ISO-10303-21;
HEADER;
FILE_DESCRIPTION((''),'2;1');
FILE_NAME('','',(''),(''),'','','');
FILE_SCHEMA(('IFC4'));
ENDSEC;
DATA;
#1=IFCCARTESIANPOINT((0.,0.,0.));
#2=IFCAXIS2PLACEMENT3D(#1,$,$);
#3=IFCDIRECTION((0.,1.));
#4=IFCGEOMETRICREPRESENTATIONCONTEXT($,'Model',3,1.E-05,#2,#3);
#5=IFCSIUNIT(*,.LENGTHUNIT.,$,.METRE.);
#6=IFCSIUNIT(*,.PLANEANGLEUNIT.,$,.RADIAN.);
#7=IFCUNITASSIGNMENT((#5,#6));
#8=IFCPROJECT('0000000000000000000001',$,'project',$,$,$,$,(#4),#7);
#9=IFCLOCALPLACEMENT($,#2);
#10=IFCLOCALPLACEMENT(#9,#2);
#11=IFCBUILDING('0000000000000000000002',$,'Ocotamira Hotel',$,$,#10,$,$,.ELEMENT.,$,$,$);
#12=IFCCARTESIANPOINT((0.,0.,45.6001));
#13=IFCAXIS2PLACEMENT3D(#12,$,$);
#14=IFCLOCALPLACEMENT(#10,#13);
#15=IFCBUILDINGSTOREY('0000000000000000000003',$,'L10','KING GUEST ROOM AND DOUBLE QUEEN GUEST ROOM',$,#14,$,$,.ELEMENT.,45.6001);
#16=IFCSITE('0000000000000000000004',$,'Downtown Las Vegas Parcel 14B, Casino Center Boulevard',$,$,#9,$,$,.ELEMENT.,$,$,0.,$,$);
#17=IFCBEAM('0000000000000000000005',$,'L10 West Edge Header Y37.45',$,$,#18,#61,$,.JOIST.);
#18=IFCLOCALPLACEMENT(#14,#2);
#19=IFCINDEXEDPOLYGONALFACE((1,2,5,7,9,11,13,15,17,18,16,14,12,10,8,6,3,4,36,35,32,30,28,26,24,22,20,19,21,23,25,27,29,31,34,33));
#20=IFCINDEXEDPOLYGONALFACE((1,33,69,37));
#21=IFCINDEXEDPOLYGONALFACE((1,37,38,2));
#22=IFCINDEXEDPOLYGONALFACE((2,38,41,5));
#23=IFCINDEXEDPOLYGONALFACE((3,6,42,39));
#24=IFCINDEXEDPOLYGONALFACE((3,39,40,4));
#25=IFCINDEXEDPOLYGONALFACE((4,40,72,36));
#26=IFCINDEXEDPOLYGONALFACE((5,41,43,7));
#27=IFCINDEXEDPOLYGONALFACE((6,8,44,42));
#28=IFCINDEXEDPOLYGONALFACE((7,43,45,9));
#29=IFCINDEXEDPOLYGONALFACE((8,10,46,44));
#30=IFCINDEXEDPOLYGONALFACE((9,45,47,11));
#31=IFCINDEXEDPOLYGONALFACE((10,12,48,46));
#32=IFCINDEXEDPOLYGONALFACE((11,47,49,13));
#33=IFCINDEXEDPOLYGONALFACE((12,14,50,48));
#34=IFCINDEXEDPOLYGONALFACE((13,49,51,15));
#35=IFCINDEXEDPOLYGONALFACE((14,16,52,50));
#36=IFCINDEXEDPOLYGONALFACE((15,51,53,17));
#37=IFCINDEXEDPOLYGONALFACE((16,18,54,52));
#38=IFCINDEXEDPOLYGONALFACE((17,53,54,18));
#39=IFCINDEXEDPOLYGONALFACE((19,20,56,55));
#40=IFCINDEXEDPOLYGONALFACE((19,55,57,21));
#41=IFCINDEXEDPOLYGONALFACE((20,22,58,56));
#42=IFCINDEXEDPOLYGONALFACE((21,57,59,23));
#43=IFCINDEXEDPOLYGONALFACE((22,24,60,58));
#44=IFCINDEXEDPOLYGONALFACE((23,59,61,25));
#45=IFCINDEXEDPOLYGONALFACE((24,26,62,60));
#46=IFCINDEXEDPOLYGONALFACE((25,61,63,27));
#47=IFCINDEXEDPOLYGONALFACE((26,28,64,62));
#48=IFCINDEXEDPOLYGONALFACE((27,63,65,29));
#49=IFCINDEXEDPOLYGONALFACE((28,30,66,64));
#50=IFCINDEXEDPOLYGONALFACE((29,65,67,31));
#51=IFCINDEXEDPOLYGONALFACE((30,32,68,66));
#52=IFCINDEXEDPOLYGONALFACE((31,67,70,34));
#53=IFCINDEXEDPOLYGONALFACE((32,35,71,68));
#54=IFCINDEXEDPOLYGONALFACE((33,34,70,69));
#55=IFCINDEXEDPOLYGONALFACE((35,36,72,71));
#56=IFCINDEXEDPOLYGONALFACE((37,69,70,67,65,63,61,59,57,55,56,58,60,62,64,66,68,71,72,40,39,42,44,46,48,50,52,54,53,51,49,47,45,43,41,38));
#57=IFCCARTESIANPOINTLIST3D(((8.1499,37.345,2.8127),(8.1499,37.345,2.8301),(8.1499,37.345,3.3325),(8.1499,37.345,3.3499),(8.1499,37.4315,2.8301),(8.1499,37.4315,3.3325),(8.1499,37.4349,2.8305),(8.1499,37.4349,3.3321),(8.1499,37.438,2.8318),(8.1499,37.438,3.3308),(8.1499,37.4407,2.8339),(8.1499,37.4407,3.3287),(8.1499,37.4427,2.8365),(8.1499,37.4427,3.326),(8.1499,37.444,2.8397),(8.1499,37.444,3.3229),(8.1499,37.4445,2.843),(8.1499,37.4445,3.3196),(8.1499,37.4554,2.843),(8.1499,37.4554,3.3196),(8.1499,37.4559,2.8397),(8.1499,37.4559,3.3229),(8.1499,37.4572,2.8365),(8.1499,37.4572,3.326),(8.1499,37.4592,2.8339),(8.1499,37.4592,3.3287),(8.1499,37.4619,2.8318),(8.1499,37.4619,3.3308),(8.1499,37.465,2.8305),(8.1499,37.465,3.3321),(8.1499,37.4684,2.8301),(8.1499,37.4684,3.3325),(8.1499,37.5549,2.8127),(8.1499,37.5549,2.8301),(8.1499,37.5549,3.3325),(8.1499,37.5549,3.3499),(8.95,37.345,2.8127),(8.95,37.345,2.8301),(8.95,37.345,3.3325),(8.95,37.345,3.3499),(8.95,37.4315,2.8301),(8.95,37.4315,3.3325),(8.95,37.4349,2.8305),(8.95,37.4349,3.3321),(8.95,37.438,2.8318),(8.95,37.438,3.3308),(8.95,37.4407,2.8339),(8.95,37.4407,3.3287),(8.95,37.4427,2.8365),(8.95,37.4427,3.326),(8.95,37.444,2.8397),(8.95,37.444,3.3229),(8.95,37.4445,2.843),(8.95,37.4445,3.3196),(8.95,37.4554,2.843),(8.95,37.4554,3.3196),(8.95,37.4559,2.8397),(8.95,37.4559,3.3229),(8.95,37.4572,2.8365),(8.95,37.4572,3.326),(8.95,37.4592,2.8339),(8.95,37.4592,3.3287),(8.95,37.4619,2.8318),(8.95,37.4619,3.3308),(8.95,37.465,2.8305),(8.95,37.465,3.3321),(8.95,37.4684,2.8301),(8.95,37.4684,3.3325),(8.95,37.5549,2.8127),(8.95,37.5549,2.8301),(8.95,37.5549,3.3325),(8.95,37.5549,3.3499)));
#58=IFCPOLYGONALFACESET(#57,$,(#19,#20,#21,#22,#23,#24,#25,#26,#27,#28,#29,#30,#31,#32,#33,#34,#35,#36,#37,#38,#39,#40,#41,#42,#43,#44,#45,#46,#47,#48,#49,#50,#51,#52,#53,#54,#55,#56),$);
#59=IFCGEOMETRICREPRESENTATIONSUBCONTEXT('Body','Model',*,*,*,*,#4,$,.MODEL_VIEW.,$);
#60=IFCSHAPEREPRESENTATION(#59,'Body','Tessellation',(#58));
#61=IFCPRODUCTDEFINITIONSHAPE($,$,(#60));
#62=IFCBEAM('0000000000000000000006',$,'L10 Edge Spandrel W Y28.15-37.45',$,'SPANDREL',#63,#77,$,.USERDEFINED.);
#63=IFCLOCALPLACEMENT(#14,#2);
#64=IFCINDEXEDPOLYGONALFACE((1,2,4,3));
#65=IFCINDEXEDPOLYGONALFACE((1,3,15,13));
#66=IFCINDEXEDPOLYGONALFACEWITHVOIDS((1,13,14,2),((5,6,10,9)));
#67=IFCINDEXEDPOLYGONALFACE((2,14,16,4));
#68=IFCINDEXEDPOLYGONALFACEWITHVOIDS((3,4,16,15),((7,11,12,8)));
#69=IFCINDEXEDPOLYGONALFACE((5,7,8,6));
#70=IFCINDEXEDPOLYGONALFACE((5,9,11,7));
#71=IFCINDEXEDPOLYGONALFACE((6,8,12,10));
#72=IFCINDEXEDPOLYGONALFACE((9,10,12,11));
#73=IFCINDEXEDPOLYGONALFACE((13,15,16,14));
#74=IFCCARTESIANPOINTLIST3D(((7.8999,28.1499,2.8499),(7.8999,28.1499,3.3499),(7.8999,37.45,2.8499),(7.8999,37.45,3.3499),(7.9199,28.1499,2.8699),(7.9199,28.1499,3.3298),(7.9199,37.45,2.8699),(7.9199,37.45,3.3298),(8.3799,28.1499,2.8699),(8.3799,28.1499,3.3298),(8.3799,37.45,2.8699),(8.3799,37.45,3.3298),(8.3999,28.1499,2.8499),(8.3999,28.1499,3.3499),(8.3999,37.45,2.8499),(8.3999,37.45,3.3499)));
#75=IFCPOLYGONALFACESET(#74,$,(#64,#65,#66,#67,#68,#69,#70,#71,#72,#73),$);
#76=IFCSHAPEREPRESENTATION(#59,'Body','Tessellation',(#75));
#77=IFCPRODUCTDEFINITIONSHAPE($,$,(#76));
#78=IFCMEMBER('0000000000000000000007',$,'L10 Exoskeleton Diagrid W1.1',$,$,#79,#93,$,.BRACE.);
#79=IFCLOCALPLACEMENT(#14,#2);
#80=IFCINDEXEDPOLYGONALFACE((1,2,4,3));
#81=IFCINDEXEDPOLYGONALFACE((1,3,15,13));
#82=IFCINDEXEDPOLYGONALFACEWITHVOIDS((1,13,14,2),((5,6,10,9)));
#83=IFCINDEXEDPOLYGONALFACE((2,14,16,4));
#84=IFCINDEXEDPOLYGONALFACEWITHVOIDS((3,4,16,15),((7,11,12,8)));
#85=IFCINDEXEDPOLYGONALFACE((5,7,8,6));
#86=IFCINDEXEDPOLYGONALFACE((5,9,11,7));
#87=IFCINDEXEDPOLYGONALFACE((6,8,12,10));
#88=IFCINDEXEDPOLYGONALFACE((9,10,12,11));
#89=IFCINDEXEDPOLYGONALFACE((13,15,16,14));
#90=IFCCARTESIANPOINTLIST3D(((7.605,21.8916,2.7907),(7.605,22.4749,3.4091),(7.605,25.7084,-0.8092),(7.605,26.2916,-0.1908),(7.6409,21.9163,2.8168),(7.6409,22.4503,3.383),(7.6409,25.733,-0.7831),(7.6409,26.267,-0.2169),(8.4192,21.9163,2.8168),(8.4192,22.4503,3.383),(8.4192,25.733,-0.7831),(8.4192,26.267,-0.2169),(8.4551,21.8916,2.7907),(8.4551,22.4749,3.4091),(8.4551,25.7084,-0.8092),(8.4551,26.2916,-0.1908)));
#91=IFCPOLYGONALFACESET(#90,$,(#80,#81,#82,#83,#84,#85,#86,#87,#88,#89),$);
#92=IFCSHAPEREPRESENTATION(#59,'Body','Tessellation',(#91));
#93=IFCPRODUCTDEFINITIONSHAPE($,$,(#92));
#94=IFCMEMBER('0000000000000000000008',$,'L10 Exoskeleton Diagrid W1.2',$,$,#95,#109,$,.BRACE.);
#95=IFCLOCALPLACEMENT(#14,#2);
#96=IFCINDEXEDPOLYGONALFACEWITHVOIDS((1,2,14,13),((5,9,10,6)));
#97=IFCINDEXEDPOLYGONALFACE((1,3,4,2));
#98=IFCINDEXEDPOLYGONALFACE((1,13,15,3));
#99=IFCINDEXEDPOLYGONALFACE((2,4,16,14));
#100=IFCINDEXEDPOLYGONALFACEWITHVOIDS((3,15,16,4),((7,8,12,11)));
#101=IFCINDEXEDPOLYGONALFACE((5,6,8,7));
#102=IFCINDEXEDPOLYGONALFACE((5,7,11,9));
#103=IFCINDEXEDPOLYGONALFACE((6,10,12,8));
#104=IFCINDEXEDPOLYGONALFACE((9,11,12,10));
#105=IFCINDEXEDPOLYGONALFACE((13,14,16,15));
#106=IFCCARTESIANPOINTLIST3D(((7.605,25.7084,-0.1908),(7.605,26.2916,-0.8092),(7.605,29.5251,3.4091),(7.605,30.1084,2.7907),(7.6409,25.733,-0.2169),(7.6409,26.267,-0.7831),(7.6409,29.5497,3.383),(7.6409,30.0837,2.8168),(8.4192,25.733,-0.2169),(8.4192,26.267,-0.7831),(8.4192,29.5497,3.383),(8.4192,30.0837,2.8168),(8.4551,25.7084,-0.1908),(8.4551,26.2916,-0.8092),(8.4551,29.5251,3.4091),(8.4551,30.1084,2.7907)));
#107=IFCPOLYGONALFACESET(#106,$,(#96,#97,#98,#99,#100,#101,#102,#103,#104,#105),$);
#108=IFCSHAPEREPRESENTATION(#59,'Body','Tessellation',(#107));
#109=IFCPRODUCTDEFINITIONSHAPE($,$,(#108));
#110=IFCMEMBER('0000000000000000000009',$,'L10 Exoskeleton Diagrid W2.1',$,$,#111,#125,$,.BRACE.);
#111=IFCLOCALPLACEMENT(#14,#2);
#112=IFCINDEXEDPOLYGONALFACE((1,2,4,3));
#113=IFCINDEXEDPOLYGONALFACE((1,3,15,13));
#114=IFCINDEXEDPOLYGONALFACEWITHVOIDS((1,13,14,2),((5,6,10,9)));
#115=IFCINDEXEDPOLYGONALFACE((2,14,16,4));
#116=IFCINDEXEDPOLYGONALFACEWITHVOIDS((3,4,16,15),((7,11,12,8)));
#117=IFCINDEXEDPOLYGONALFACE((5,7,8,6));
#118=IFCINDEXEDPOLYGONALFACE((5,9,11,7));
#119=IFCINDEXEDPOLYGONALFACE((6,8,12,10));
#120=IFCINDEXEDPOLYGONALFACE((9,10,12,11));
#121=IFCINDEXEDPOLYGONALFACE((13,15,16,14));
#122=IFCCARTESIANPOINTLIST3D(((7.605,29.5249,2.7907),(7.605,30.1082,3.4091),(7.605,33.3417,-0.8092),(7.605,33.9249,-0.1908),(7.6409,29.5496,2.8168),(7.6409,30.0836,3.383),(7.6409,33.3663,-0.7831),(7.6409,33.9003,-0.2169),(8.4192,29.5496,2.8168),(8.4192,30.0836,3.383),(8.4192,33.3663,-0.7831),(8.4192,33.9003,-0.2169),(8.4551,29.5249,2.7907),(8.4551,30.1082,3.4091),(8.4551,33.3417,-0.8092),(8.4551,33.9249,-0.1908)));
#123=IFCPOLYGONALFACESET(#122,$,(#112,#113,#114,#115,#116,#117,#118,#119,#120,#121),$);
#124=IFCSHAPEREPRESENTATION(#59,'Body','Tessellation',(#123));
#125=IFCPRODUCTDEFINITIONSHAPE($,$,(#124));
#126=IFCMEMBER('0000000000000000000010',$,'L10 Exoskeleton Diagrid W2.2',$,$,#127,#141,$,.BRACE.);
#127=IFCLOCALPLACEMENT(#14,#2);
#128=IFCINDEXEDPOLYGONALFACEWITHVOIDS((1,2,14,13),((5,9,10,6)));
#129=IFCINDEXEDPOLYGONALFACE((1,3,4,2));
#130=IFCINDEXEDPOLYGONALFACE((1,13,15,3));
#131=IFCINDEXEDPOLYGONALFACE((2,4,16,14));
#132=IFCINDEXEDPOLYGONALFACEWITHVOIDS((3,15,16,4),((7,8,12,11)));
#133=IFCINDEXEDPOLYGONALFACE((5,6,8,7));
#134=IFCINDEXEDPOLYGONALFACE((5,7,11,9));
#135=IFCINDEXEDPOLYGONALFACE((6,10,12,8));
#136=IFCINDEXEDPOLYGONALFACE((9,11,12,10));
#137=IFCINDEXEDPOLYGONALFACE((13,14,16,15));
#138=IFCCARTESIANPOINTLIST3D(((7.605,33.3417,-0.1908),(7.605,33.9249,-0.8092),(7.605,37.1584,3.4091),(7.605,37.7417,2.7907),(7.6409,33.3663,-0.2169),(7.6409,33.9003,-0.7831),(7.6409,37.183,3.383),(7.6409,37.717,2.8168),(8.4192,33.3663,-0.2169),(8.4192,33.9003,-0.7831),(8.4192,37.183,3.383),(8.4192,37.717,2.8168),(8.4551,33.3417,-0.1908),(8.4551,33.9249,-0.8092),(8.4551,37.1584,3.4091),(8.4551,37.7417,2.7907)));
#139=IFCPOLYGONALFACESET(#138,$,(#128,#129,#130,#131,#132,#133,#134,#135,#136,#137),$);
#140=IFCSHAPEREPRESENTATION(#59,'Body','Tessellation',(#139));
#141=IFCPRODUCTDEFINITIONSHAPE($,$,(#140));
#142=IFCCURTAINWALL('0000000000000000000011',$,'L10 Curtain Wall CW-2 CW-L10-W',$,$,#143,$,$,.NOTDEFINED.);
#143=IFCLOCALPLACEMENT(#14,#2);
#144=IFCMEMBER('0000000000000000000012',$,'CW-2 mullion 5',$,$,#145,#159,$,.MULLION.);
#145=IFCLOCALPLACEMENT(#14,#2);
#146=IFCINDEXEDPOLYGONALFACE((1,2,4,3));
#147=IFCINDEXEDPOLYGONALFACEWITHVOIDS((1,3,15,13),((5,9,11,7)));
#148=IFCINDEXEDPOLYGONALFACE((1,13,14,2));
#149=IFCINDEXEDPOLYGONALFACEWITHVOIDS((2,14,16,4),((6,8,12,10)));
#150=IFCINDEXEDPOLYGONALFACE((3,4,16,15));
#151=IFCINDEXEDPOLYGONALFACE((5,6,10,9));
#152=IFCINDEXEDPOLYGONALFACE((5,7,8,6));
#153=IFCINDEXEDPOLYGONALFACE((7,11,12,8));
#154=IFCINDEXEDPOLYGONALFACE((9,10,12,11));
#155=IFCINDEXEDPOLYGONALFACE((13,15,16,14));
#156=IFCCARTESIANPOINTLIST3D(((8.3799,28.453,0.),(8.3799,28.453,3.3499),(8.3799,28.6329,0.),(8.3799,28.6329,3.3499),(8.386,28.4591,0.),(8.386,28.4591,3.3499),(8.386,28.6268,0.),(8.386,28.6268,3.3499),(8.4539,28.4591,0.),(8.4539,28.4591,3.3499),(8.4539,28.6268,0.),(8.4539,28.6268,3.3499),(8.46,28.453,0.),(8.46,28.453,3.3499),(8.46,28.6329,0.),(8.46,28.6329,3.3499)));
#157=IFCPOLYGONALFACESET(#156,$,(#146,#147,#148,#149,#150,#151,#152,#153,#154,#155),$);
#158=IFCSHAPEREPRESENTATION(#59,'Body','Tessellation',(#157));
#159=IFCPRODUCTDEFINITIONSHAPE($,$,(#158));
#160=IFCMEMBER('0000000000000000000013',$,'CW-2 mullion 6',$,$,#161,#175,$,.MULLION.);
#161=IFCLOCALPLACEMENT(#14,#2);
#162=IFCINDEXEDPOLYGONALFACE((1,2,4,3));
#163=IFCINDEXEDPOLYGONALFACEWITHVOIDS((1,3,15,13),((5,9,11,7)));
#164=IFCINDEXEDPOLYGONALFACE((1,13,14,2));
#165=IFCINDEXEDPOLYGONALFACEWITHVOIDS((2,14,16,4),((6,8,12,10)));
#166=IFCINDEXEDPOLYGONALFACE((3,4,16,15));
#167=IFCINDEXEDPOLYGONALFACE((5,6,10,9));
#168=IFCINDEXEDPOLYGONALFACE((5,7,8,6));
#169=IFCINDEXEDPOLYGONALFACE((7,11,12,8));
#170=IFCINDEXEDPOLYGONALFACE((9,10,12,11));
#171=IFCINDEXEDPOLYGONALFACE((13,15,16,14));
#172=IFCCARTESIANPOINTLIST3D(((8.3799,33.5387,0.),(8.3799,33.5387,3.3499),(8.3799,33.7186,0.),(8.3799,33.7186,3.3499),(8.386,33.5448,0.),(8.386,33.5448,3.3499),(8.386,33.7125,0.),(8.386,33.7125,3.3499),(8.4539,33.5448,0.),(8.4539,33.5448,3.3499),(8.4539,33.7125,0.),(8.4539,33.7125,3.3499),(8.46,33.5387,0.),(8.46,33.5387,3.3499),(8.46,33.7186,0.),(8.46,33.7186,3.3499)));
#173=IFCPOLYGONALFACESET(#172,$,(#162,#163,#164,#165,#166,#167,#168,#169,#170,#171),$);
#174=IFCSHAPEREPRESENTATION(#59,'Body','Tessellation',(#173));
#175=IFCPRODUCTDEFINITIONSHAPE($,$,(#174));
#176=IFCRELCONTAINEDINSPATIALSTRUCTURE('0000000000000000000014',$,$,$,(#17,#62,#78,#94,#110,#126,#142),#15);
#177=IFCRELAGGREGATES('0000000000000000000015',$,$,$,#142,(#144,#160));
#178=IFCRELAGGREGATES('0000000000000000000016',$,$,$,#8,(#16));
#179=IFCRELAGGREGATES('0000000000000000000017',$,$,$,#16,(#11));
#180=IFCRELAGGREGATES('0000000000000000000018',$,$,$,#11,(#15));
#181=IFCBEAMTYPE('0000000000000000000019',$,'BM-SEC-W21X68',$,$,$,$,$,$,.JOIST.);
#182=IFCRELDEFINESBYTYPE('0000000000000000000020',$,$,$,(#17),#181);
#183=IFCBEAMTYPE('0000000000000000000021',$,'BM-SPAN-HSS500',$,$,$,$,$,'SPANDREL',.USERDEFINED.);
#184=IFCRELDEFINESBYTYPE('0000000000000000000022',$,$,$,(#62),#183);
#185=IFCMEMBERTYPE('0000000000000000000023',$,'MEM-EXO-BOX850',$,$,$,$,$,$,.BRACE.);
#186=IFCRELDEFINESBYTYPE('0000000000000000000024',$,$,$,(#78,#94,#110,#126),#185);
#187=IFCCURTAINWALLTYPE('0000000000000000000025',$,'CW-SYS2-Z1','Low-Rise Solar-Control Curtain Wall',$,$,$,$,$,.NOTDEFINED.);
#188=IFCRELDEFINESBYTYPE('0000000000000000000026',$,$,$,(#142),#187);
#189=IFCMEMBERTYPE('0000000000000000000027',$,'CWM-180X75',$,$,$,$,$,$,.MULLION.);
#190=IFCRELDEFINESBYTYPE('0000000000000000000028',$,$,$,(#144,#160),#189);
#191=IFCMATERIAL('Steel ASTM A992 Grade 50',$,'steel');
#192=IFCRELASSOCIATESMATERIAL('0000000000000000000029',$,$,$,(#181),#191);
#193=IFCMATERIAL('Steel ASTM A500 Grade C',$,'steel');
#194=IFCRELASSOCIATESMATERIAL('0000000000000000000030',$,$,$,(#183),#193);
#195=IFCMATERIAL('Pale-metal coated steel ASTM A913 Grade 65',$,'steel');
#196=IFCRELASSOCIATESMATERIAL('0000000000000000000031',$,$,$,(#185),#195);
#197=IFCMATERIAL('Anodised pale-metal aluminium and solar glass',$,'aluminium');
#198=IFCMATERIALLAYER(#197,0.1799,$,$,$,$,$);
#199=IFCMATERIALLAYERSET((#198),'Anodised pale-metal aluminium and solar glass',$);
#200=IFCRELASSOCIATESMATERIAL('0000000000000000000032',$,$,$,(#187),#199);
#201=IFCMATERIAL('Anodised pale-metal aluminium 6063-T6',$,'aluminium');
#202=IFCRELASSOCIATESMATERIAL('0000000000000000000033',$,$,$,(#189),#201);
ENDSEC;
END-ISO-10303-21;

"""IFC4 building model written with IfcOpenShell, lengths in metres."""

from ifc_helpers import new_model, si_unit, direction, frame, origin, origin_2d, place, context, subcontext, project, spatial, hollow_rectangle, i_section, extrude, source, transform, mapped, material, layer, layer_set, material_profile, profile_set, type_object, element, aggregate, save


model = new_model("IFC4")

# Units and contexts
model_context = context("Model", 3, precision=1e-05, world=origin(), true_north=direction((0.0, 1.0)))
body_context = subcontext(model_context, "Body", "Model", "MODEL_VIEW")
ifc_project = project(units=[si_unit("LENGTHUNIT", "METRE"), si_unit("PLANEANGLEUNIT", "RADIAN")], contexts=[model_context])

# Site, building, storey
site_placement = place(None, origin())
site = spatial("IfcSite", under=ifc_project, at=site_placement, Name="Downtown Las Vegas Parcel 14B, Casino Center Boulevard", CompositionType="ELEMENT", RefElevation=0.0)
building_placement = place(site_placement, origin())
building = spatial("IfcBuilding", under=site, at=building_placement, Name="Ocotamira Hotel", CompositionType="ELEMENT")
storey_placement = place(building_placement, frame((0.0, 0.0, 45.6001)))
storey = spatial("IfcBuildingStorey", under=building, at=storey_placement, Name="L10", Description="KING GUEST ROOM AND DOUBLE QUEEN GUEST ROOM", CompositionType="ELEMENT", Elevation=45.6001)

# Beams
ifc_material_1 = material(Name="Steel ASTM A992 Grade 50", Category="steel")
ifc_material_profile_1 = material_profile(ifc_material_1, i_section(OverallWidth=0.21, OverallDepth=0.5371, WebThickness=0.011, FlangeThickness=0.0173, FilletRadius=0.0129, at=origin_2d()), Name="W21X68")
ifc_profile_set_1 = profile_set([ifc_material_profile_1], Name="Steel ASTM A992 Grade 50")
beam_type_1 = type_object("IfcBeamType", Name="BM-SEC-W21X68", PredefinedType="JOIST", material=ifc_profile_set_1)
shared_shape_1 = source(origin(), body_context, "Body", "SweptSolid", [
    extrude(i_section(OverallWidth=0.21, OverallDepth=0.5371, WebThickness=0.011, FlangeThickness=0.0173, FilletRadius=0.0129, at=origin_2d()), origin(), (0.0, 0.0, 1.0), 0.8),
])
for number, where, z_axis, x_axis, name in (
    (1, (8.95, 37.45, 3.0813), (-1.0, 0.0, 0.0), (0.0, -1.0, 0.0), "L10 West Edge Header Y37.45"),
):
    element("IfcBeam", number, at=place(storey_placement, frame(where, z_axis=z_axis, x_axis=x_axis)), inside=storey, type_object=beam_type_1, Name=name, PredefinedType="JOIST", context=body_context, shape_type="MappedRepresentation", body=[
        mapped(shared_shape_1, transform((0.0, 0.0, 0.0), scale=1.0)),
    ])
ifc_material_2 = material(Name="Steel ASTM A500 Grade C", Category="steel")
ifc_material_profile_2 = material_profile(ifc_material_2, hollow_rectangle(XDim=0.5, YDim=0.5, WallThickness=0.02, at=origin_2d()), Name="HSS500X500X20")
ifc_profile_set_2 = profile_set([ifc_material_profile_2], Name="Steel ASTM A500 Grade C")
beam_type_2 = type_object("IfcBeamType", Name="BM-SPAN-HSS500", ElementType="SPANDREL", PredefinedType="USERDEFINED", material=ifc_profile_set_2)
shared_shape_2 = source(origin(), body_context, "Body", "SweptSolid", [
    extrude(hollow_rectangle(XDim=0.5, YDim=0.5, WallThickness=0.02, at=origin_2d()), origin(), (0.0, 0.0, 1.0), 9.3),
])
beam_1_placement = place(storey_placement, frame((8.1499, 28.1499, 3.0999), z_axis=(0.0, 1.0, 0.0), x_axis=(-1.0, 0.0, 0.0)))
element("IfcBeam", 2, at=beam_1_placement, inside=storey, type_object=beam_type_2, Name="L10 Edge Spandrel W Y28.15-37.45", ObjectType="SPANDREL", PredefinedType="USERDEFINED", context=body_context, shape_type="MappedRepresentation", body=[
    mapped(shared_shape_2, transform((0.0, 0.0, 0.0), scale=1.0)),
])

# Members
ifc_material_3 = material(Name="Pale-metal coated steel ASTM A913 Grade 65", Category="steel")
ifc_material_profile_3 = material_profile(ifc_material_3, hollow_rectangle(XDim=0.8501, YDim=0.8501, WallThickness=0.0359, at=origin_2d()), Name="BOX850X850X36")
ifc_profile_set_3 = profile_set([ifc_material_profile_3], Name="Pale-metal coated steel ASTM A913 Grade 65")
member_type_1 = type_object("IfcMemberType", Name="MEM-EXO-BOX850", PredefinedType="BRACE", material=ifc_profile_set_3)
shared_shape_3 = source(origin(), body_context, "Body", "SweptSolid", [
    extrude(hollow_rectangle(XDim=0.8501, YDim=0.8501, WallThickness=0.0359, at=origin_2d()), origin(), (0.0, 0.0, 1.0), 5.2466),
])
for number, where, z_axis, x_axis, name in (
    (3, (8.03, 26.0, -0.5), (0.0, -0.727466, 0.686144), (1.0, 0.0, 0.0), "L10 Exoskeleton Diagrid W1.1"),
    (4, (8.03, 26.0, -0.5), (0.0, 0.727466, 0.686144), (-1.0, 0.0, 0.0), "L10 Exoskeleton Diagrid W1.2"),
    (5, (8.03, 33.6333, -0.5), (0.0, -0.727466, 0.686144), (1.0, 0.0, 0.0), "L10 Exoskeleton Diagrid W2.1"),
    (6, (8.03, 33.6333, -0.5), (0.0, 0.727466, 0.686144), (-1.0, 0.0, 0.0), "L10 Exoskeleton Diagrid W2.2"),
):
    element("IfcMember", number, at=place(storey_placement, frame(where, z_axis=z_axis, x_axis=x_axis)), inside=storey, type_object=member_type_1, Name=name, PredefinedType="BRACE", context=body_context, shape_type="MappedRepresentation", body=[
        mapped(shared_shape_3, transform((0.0, 0.0, 0.0), scale=1.0)),
    ])

# Curtain wall, members
ifc_material_4 = material(Name="Anodised pale-metal aluminium and solar glass", Category="aluminium")
ifc_layer_1 = layer(ifc_material_4, 0.1799)
ifc_layer_set_1 = layer_set([ifc_layer_1], Name="Anodised pale-metal aluminium and solar glass")
curtain_wall_type = type_object("IfcCurtainWallType", Name="CW-SYS2-Z1", Description="Low-Rise Solar-Control Curtain Wall", PredefinedType="NOTDEFINED", material=ifc_layer_set_1)
curtain_wall_placement = place(storey_placement, origin())
curtain_wall = element("IfcCurtainWall", 7, at=curtain_wall_placement, inside=storey, type_object=curtain_wall_type, Name="L10 Curtain Wall CW-2 CW-L10-W", PredefinedType="NOTDEFINED")
ifc_material_5 = material(Name="Anodised pale-metal aluminium 6063-T6", Category="aluminium")
ifc_material_profile_4 = material_profile(ifc_material_5, hollow_rectangle(XDim=0.0801, YDim=0.1799, WallThickness=0.0061, at=origin_2d()), Name="HSS180X80X6")
ifc_profile_set_4 = profile_set([ifc_material_profile_4], Name="Anodised pale-metal aluminium 6063-T6")
member_type_2 = type_object("IfcMemberType", Name="CWM-180X75", PredefinedType="MULLION", material=ifc_profile_set_4)
shared_shape_4 = source(origin(), body_context, "Body", "SweptSolid", [
    extrude(hollow_rectangle(XDim=0.0801, YDim=0.1799, WallThickness=0.0061, at=origin_2d()), origin(), (0.0, 0.0, 1.0), 3.3499),
])
member_1_placement = place(storey_placement, frame((8.4199, 28.543, 0.0), z_axis=(0.0, 0.0, 1.0), x_axis=(-1.0, 0.0, 0.0)))
member_1 = element("IfcMember", 8, at=member_1_placement, type_object=member_type_2, Name="CW-2 mullion 5", PredefinedType="MULLION", context=body_context, shape_type="MappedRepresentation", body=[
    mapped(shared_shape_4, transform((0.0, 0.0, 0.0), scale=1.0)),
])
member_2_placement = place(storey_placement, frame((8.4199, 33.6287, 0.0), z_axis=(0.0, 0.0, 1.0), x_axis=(-1.0, 0.0, 0.0)))
member_2 = element("IfcMember", 9, at=member_2_placement, type_object=member_type_2, Name="CW-2 mullion 6", PredefinedType="MULLION", context=body_context, shape_type="MappedRepresentation", body=[
    mapped(shared_shape_4, transform((0.0, 0.0, 0.0), scale=1.0)),
])

aggregate(curtain_wall, [member_1, member_2])

save(model, "model.ifc")
